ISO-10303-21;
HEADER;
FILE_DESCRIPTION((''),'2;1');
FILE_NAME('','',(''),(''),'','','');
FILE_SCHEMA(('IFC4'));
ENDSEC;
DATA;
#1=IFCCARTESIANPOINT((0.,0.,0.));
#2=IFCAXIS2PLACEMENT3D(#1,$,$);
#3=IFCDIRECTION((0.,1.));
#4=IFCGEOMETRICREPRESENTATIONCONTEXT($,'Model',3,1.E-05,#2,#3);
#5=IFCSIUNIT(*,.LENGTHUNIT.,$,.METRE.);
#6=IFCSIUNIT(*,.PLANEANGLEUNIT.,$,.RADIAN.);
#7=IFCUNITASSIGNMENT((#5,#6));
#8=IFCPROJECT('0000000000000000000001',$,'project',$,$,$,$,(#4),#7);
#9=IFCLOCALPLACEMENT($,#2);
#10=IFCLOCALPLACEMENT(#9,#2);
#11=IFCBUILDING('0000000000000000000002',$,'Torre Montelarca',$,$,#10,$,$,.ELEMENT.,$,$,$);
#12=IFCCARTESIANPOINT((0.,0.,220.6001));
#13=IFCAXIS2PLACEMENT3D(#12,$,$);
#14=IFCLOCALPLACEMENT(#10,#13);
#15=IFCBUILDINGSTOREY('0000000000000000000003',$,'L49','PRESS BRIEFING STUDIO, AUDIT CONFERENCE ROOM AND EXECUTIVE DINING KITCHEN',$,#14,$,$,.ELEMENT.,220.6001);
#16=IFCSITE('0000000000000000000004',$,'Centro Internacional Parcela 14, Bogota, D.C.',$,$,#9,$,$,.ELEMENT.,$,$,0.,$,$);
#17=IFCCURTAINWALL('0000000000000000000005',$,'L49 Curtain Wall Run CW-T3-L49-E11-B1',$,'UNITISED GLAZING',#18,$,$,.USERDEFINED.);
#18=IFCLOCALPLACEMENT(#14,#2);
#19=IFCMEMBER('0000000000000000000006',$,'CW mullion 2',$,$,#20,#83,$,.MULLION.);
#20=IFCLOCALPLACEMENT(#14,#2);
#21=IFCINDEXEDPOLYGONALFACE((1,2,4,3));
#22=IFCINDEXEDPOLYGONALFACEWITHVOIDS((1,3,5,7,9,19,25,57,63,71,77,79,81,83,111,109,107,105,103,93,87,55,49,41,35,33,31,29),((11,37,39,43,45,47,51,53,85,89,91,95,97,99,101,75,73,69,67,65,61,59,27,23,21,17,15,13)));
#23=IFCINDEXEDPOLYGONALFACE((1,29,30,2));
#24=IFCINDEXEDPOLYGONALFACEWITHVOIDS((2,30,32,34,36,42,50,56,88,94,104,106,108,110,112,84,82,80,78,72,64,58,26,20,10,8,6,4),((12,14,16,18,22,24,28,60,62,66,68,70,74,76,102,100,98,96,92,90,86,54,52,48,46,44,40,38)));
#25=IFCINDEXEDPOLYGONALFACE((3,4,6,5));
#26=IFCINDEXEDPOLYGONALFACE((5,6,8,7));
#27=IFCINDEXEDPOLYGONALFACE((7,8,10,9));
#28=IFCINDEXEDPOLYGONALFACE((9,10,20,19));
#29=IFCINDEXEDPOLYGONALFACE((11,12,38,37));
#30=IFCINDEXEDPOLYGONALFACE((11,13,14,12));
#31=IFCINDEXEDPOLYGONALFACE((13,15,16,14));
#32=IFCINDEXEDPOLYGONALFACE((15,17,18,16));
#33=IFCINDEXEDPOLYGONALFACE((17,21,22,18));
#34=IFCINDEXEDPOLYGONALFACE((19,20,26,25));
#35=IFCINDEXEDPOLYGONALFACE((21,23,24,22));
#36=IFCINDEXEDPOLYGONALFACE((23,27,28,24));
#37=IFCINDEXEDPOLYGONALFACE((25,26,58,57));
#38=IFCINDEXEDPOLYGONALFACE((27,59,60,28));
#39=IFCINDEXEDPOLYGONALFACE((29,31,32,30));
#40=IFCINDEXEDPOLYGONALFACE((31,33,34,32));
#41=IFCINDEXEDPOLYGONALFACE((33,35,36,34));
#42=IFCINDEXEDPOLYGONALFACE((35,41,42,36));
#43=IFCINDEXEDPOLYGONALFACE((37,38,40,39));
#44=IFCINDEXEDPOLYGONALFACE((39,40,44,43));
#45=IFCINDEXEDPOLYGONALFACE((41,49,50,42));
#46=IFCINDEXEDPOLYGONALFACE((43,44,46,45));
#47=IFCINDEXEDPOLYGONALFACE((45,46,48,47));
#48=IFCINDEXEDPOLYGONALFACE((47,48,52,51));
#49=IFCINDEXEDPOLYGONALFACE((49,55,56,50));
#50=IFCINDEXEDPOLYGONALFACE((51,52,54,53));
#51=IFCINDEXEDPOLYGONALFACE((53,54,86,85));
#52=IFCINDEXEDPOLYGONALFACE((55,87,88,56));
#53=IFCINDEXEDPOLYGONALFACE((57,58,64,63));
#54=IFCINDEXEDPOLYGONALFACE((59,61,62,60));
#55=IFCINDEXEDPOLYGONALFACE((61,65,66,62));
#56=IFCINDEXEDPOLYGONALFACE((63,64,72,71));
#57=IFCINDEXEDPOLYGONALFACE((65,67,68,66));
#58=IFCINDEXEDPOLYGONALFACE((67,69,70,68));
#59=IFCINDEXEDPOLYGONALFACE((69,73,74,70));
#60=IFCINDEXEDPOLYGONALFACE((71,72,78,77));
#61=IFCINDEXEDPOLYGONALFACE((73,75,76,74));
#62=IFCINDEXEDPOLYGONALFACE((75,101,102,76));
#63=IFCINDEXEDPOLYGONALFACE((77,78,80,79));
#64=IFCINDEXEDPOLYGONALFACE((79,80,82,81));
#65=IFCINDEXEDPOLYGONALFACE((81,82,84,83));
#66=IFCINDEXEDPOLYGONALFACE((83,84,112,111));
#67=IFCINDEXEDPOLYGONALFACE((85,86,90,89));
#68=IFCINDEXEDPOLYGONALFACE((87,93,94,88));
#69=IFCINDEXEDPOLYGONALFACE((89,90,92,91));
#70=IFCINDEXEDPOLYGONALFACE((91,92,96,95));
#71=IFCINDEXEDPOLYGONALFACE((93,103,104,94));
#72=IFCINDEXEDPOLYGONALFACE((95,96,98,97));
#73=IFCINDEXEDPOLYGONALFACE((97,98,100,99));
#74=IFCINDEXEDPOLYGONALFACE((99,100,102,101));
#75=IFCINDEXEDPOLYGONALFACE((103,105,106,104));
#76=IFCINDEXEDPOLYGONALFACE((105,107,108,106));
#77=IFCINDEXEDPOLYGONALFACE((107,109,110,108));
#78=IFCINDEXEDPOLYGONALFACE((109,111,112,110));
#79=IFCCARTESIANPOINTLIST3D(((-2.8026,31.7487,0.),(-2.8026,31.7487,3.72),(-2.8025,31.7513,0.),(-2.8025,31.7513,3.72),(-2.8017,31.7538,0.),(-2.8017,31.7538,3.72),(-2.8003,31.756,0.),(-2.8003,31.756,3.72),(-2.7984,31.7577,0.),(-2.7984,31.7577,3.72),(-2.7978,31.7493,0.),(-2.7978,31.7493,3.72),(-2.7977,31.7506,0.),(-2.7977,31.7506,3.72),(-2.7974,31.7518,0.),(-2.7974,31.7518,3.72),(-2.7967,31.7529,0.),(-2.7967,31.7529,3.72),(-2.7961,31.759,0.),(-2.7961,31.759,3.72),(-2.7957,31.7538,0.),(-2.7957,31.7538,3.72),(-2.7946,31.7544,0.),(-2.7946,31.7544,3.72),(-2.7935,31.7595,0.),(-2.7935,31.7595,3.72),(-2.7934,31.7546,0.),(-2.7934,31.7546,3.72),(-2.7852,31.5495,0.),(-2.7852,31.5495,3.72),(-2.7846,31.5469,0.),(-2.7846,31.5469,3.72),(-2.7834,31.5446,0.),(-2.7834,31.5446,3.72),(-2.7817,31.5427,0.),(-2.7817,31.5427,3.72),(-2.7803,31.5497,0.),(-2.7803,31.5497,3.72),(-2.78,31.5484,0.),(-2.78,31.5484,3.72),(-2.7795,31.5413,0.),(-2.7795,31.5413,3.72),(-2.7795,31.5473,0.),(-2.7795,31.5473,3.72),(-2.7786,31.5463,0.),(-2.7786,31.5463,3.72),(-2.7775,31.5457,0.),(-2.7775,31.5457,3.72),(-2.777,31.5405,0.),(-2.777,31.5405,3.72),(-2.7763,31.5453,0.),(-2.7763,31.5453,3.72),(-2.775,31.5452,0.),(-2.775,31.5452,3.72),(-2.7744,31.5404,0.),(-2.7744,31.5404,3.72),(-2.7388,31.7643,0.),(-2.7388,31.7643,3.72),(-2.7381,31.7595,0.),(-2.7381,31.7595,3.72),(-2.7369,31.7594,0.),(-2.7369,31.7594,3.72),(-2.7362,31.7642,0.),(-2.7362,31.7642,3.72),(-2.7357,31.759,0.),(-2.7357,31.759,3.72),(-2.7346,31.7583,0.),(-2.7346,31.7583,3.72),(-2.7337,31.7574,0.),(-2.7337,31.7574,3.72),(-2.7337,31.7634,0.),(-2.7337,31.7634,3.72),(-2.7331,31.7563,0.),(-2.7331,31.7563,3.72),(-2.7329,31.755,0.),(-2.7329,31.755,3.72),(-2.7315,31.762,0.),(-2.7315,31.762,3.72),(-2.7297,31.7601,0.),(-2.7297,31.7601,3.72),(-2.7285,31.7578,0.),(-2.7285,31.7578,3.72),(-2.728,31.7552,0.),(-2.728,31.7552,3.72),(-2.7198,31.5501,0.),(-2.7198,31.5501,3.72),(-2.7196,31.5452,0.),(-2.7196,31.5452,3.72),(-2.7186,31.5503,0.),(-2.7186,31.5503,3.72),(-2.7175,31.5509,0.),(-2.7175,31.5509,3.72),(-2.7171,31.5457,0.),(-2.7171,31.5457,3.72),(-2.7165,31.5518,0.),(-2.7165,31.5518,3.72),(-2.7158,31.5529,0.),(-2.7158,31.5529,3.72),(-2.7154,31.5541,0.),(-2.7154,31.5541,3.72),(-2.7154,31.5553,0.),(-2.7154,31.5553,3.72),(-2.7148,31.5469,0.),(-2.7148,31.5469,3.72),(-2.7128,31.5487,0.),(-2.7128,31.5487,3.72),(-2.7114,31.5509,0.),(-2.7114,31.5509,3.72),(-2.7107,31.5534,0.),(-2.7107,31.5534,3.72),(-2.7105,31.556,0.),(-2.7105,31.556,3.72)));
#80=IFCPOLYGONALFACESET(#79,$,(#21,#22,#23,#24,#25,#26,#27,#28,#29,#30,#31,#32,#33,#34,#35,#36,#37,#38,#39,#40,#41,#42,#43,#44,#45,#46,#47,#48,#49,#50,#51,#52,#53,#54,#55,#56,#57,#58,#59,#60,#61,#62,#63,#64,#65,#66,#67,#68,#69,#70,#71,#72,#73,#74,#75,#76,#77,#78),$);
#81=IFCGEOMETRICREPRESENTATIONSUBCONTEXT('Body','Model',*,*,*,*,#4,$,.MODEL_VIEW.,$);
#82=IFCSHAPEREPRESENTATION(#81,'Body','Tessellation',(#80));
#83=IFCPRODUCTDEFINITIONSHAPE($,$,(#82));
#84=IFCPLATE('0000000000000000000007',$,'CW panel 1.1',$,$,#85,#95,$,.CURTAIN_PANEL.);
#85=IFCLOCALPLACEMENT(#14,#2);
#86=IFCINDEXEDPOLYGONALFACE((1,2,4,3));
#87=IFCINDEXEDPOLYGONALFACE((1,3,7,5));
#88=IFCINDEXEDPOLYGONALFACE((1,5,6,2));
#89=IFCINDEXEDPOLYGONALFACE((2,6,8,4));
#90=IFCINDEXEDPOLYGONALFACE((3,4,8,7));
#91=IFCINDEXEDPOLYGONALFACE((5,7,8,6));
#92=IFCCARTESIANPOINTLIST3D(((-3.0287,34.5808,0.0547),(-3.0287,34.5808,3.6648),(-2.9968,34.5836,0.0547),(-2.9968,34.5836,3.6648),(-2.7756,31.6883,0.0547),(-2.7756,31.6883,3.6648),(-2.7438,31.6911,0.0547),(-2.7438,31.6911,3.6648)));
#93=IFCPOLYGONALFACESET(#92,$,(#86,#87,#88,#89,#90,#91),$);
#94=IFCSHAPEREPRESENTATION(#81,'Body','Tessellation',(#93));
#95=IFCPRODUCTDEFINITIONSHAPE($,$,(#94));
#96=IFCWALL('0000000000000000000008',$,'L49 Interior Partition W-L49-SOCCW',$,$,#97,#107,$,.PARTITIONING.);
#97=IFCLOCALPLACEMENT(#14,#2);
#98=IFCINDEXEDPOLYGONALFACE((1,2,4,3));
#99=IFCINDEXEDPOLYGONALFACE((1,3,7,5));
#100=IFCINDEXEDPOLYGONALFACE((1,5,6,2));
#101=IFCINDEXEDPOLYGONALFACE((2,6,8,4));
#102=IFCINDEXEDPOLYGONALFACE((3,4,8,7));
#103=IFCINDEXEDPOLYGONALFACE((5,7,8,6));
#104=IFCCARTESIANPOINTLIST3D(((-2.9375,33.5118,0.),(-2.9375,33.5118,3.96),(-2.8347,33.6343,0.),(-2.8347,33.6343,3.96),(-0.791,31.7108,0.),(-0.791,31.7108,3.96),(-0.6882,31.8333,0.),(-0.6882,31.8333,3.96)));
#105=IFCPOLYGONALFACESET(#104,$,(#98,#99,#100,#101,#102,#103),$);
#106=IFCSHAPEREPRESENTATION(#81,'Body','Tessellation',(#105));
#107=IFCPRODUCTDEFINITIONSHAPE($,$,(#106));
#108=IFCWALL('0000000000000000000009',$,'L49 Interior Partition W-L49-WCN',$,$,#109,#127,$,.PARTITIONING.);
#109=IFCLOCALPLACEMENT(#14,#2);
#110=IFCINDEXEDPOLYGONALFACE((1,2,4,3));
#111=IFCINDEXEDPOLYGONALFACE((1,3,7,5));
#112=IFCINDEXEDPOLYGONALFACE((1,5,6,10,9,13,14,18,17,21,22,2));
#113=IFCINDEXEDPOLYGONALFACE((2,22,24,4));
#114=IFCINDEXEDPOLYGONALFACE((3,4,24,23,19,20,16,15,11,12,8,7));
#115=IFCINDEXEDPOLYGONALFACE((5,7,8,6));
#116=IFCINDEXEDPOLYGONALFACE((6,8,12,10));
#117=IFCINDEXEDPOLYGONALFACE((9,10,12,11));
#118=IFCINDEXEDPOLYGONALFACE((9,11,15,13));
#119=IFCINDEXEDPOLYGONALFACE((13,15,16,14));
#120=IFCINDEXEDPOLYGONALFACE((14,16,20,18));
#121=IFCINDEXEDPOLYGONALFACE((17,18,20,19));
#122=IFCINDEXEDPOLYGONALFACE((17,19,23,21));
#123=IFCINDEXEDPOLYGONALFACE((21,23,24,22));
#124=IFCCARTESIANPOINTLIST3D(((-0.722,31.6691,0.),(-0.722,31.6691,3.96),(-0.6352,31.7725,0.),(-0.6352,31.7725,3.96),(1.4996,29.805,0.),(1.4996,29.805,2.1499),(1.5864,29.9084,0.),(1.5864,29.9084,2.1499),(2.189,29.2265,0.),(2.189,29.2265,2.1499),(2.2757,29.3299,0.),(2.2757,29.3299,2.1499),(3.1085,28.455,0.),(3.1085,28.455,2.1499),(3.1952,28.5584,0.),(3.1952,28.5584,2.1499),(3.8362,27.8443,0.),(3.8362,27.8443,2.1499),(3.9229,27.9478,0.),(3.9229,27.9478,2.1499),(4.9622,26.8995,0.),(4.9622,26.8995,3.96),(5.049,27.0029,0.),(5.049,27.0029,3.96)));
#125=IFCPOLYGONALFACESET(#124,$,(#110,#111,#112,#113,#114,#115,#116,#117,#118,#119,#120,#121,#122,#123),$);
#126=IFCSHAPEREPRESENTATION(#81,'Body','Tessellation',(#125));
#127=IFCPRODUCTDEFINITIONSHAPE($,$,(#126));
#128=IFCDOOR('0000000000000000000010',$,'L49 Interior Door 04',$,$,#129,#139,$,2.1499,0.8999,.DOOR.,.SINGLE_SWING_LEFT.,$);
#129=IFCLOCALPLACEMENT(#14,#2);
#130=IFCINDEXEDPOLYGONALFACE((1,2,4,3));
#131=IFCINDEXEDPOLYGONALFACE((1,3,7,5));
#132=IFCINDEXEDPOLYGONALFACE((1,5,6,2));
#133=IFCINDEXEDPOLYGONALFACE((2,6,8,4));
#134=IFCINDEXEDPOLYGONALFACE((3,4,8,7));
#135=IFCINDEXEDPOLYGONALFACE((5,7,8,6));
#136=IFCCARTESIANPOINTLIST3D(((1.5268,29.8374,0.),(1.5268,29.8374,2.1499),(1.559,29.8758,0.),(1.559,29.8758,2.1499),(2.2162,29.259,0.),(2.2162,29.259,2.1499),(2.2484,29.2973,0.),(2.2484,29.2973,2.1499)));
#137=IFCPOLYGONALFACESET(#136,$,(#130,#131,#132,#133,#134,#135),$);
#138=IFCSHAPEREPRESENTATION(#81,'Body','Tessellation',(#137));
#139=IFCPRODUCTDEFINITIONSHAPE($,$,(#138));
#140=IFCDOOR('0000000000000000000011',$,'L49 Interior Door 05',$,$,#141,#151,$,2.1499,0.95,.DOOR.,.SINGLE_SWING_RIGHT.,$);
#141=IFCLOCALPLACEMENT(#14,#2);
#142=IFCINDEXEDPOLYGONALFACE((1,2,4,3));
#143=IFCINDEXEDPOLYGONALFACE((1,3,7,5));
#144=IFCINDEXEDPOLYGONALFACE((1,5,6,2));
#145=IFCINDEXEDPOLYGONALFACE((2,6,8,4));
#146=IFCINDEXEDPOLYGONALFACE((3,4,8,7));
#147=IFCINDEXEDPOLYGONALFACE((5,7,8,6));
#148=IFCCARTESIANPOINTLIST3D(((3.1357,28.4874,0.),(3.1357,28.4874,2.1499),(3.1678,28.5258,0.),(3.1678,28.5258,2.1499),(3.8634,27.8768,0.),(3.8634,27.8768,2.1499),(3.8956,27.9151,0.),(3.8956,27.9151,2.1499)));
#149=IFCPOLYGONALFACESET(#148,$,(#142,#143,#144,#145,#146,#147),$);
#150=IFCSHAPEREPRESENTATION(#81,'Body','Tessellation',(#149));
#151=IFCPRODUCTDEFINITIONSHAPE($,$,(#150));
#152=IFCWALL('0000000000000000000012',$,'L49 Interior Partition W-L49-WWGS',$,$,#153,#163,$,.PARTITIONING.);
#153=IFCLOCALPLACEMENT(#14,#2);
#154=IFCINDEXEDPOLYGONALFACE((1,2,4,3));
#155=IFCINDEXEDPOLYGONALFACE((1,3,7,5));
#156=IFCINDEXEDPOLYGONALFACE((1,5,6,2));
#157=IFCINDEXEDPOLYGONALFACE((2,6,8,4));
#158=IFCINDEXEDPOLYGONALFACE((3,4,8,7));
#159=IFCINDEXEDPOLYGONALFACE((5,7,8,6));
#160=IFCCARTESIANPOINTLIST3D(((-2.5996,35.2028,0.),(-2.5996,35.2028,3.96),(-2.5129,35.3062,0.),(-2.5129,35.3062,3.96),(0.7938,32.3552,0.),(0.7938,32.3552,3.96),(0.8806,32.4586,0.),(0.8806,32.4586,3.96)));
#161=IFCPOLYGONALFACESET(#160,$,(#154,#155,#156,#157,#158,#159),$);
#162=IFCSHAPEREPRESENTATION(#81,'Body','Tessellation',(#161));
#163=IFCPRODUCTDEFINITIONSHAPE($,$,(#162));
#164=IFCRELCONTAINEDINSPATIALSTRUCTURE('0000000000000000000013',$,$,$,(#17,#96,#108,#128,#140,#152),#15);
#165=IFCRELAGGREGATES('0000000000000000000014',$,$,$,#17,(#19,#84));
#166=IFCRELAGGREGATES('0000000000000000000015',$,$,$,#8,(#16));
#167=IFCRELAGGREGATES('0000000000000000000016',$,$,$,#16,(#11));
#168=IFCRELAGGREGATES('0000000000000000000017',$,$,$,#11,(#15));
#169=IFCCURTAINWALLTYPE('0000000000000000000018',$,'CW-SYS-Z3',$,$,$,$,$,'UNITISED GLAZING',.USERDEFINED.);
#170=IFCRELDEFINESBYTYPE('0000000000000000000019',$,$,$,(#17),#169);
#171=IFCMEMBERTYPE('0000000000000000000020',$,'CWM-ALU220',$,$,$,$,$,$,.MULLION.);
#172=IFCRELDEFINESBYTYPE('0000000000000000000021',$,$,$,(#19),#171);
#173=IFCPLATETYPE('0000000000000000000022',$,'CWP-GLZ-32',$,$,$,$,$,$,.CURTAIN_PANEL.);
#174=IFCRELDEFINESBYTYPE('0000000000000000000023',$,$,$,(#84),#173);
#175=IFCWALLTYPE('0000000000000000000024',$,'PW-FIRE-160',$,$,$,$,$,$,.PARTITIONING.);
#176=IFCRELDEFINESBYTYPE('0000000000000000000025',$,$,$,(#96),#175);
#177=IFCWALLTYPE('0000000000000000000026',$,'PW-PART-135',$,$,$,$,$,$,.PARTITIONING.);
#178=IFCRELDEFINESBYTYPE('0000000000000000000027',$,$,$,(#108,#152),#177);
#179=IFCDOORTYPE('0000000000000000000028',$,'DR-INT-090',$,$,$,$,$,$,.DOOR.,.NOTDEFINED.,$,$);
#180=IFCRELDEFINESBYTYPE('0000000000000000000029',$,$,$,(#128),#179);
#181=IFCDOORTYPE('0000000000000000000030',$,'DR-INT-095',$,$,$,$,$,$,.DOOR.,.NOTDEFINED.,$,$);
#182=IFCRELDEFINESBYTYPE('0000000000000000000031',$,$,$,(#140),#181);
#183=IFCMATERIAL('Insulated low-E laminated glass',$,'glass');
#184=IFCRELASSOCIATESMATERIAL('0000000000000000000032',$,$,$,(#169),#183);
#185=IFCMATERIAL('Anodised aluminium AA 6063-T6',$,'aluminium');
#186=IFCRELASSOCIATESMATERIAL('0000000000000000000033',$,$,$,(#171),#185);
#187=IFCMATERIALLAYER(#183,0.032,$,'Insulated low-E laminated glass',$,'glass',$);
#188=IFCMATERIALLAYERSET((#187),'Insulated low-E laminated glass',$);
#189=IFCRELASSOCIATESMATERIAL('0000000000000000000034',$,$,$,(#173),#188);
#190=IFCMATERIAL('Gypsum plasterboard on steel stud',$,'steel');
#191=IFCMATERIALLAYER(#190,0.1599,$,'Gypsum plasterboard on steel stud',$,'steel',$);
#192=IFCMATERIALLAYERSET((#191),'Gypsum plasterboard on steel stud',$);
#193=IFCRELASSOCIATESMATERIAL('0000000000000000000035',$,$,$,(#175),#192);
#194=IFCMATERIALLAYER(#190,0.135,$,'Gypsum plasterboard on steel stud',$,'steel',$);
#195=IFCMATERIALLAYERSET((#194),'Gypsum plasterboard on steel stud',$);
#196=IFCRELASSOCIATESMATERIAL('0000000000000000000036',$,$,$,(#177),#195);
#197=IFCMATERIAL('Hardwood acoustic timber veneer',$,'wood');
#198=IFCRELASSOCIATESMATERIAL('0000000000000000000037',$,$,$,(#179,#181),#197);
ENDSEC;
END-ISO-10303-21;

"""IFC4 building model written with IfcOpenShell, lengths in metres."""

from ifc_helpers import new_model, si_unit, direction, frame, frame_2d, origin, origin_2d, place, context, subcontext, project, spatial, rectangle, hollow_rectangle, extrude, source, transform, mapped, material, layer, layer_set, material_profile, profile_set, type_object, element, fill, aggregate, save


model = new_model("IFC4")

# Units and contexts
model_context = context("Model", 3, precision=1e-05, world=origin(), true_north=direction((0.0, 1.0)))
body_context = subcontext(model_context, "Body", "Model", "MODEL_VIEW")
ifc_project = project(units=[si_unit("LENGTHUNIT", "METRE"), si_unit("PLANEANGLEUNIT", "RADIAN")], contexts=[model_context])

# Site, building, storey
site_placement = place(None, origin())
site = spatial("IfcSite", under=ifc_project, at=site_placement, Name="Centro Internacional Parcela 14, Bogota, D.C.", CompositionType="ELEMENT", RefElevation=0.0)
building_placement = place(site_placement, origin())
building = spatial("IfcBuilding", under=site, at=building_placement, Name="Torre Montelarca", CompositionType="ELEMENT")
storey_placement = place(building_placement, frame((0.0, 0.0, 220.6001)))
storey = spatial("IfcBuildingStorey", under=building, at=storey_placement, Name="L49", Description="PRESS BRIEFING STUDIO, AUDIT CONFERENCE ROOM AND EXECUTIVE DINING KITCHEN", CompositionType="ELEMENT", Elevation=220.6001)

# Curtain wall
ifc_material_1 = material(Name="Insulated low-E laminated glass", Category="glass")
curtain_wall_type = type_object("IfcCurtainWallType", Name="CW-SYS-Z3", ElementType="UNITISED GLAZING", PredefinedType="USERDEFINED", material=ifc_material_1)
curtain_wall_1_placement = place(storey_placement, origin())
curtain_wall_1 = element("IfcCurtainWall", 1, at=curtain_wall_1_placement, inside=storey, type_object=curtain_wall_type, Name="L49 Curtain Wall Run CW-T3-L49-E11-B1", ObjectType="UNITISED GLAZING", PredefinedType="USERDEFINED")
ifc_material_2 = material(Name="Anodised aluminium AA 6063-T6", Category="aluminium")

# Shared definitions
ifc_material_profile_1 = material_profile(ifc_material_2, hollow_rectangle(XDim=0.075, YDim=0.22, WallThickness=0.0049, InnerFilletRadius=0.0049, OuterFilletRadius=0.01, at=origin_2d()), Name="ALU75X220X5", Category="aluminium")
ifc_profile_set_1 = profile_set([ifc_material_profile_1], Name="Anodised aluminium AA 6063-T6")
member_type_1 = type_object("IfcMemberType", Name="CWM-ALU220", PredefinedType="MULLION", material=ifc_profile_set_1)
shared_shape_1 = source(origin(), body_context, "Body", "SweptSolid", [
    extrude(hollow_rectangle(XDim=0.075, YDim=0.22, WallThickness=0.0049, InnerFilletRadius=0.0049, OuterFilletRadius=0.01, at=origin_2d()), origin(), (0.0, 0.0, 1.0), 3.72),
])

# Member
member_1_placement = place(storey_placement, frame((-2.7566, 31.6523, 0.0), z_axis=(0.0, 0.0, 1.0), x_axis=(0.996194, 0.087166, 0.0)))
member_1 = element("IfcMember", 2, at=member_1_placement, type_object=member_type_1, Name="CW mullion 2", PredefinedType="MULLION", context=body_context, shape_type="MappedRepresentation", body=[
    mapped(shared_shape_1, transform((0.0, 0.0, 0.0), scale=1.0)),
])

# Plate
ifc_layer_1 = layer(ifc_material_1, 0.032, Name="Insulated low-E laminated glass", Category="glass")
ifc_layer_set_1 = layer_set([ifc_layer_1], Name="Insulated low-E laminated glass")
plate_type = type_object("IfcPlateType", Name="CWP-GLZ-32", PredefinedType="CURTAIN_PANEL", material=ifc_layer_set_1)
shared_shape_2 = source(origin(), body_context, "Body", "SweptSolid", [
    extrude(rectangle(XDim=2.9036, YDim=0.032, at=origin_2d()), origin(), (0.0, 0.0, 1.0), 3.6101),
])
plate_placement = place(storey_placement, frame((-2.8862, 33.136, 0.0547), z_axis=(0.0, 0.0, 1.0), x_axis=(0.087166, -0.996194, 0.0)))
plate = element("IfcPlate", 3, at=plate_placement, type_object=plate_type, Name="CW panel 1.1", PredefinedType="CURTAIN_PANEL", context=body_context, shape_type="MappedRepresentation", body=[
    mapped(shared_shape_2, transform((0.0, 0.0, 0.0), scale=1.0)),
])
aggregate(curtain_wall_1, [member_1, plate])

# Wall
ifc_material_3 = material(Name="Gypsum plasterboard on steel stud", Category="steel")
ifc_layer_2 = layer(ifc_material_3, 0.1599, Name="Gypsum plasterboard on steel stud", Category="steel")
ifc_layer_set_2 = layer_set([ifc_layer_2], Name="Gypsum plasterboard on steel stud")
wall_type_1 = type_object("IfcWallType", Name="PW-FIRE-160", PredefinedType="PARTITIONING", material=ifc_layer_set_2)
wall_1_placement = place(storey_placement, frame((-2.886, 33.573, 0.0), z_axis=(0.0, 0.0, 1.0), x_axis=(0.76606, -0.642769, 0.0)))
element("IfcWall", 4, at=wall_1_placement, inside=storey, type_object=wall_type_1, Name="L49 Interior Partition W-L49-SOCCW", PredefinedType="PARTITIONING", context=body_context, shape_type="SweptSolid", body=[
    extrude(rectangle(XDim=2.802, YDim=0.1599, at=frame_2d((1.4009, 0.0))), origin(), (0.0, 0.0, 1.0), 3.96),
])

# Wall, openings, doors
ifc_layer_3 = layer(ifc_material_3, 0.135, Name="Gypsum plasterboard on steel stud", Category="steel")
ifc_layer_set_3 = layer_set([ifc_layer_3], Name="Gypsum plasterboard on steel stud")
wall_type_2 = type_object("IfcWallType", Name="PW-PART-135", PredefinedType="PARTITIONING", material=ifc_layer_set_3)
wall_2_placement = place(storey_placement, frame((-0.6785, 31.7207, 0.0), z_axis=(0.0, 0.0, 1.0), x_axis=(0.766043, -0.642789, 0.0)))
wall_2 = element("IfcWall", 5, at=wall_2_placement, inside=storey, type_object=wall_type_2, Name="L49 Interior Partition W-L49-WCN", PredefinedType="PARTITIONING", context=body_context, shape_type="SweptSolid", body=[
    extrude(rectangle(XDim=7.4202, YDim=0.135, at=frame_2d((3.71, 0.0))), origin(), (0.0, 0.0, 1.0), 3.96),
])
opening_1_placement = place(wall_2_placement, frame((2.8999, 0.0, 0.0)))
opening_1 = element("IfcOpeningElement", 6, at=opening_1_placement, cuts=wall_2, PredefinedType="OPENING", context=body_context, shape_type="SweptSolid", body=[
    extrude(rectangle(XDim=0.8999, YDim=2.1499, at=frame_2d((0.45, 1.075))), frame((0.0, 0.0776, 0.0), z_axis=(0.0, -1.0, 0.0), x_axis=(1.0, 0.0, 0.0)), (0.0, 0.0, 1.0), 0.155),
])
opening_2_placement = place(wall_2_placement, frame((5.0, 0.0, 0.0)))
opening_2 = element("IfcOpeningElement", 7, at=opening_2_placement, cuts=wall_2, PredefinedType="OPENING", context=body_context, shape_type="SweptSolid", body=[
    extrude(rectangle(XDim=0.95, YDim=2.1499, at=frame_2d((0.4751, 1.075))), frame((0.0, 0.0776, 0.0), z_axis=(0.0, -1.0, 0.0), x_axis=(1.0, 0.0, 0.0)), (0.0, 0.0, 1.0), 0.155),
])
ifc_material_4 = material(Name="Hardwood acoustic timber veneer", Category="wood")
door_type_1 = type_object("IfcDoorType", Name="DR-INT-090", OperationType="NOTDEFINED", PredefinedType="DOOR", material=ifc_material_4)
shared_shape_3 = source(origin(), body_context, "Body", "SweptSolid", [
    extrude(rectangle(XDim=0.8999, YDim=2.1499, at=frame_2d((0.45, 1.075))), frame((0.0, 0.0249, 0.0), z_axis=(0.0, -1.0, 0.0), x_axis=(1.0, 0.0, 0.0)), (0.0, 0.0, 1.0), 0.05),
])
door_1_placement = place(opening_1_placement, origin())
door_1 = element("IfcDoor", 8, at=door_1_placement, inside=storey, type_object=door_type_1, Name="L49 Interior Door 04", OperationType="SINGLE_SWING_LEFT", OverallHeight=2.1499, OverallWidth=0.8999, PredefinedType="DOOR", context=body_context, shape_type="MappedRepresentation", body=[
    mapped(shared_shape_3, transform((0.0, 0.0, 0.0), scale=1.0)),
])
fill(opening_1, door_1)
door_type_2 = type_object("IfcDoorType", Name="DR-INT-095", OperationType="NOTDEFINED", PredefinedType="DOOR", material=ifc_material_4)
shared_shape_4 = source(origin(), body_context, "Body", "SweptSolid", [
    extrude(rectangle(XDim=0.95, YDim=2.1499, at=frame_2d((0.4751, 1.075))), frame((0.0, 0.0249, 0.0), z_axis=(0.0, -1.0, 0.0), x_axis=(1.0, 0.0, 0.0)), (0.0, 0.0, 1.0), 0.05),
])
door_2_placement = place(opening_2_placement, origin())
door_2 = element("IfcDoor", 9, at=door_2_placement, inside=storey, type_object=door_type_2, Name="L49 Interior Door 05", OperationType="SINGLE_SWING_RIGHT", OverallHeight=2.1499, OverallWidth=0.95, PredefinedType="DOOR", context=body_context, shape_type="MappedRepresentation", body=[
    mapped(shared_shape_4, transform((0.0, 0.0, 0.0), scale=1.0)),
])
fill(opening_2, door_2)

# Wall
wall_3_placement = place(storey_placement, frame((-2.5562, 35.2544, 0.0), z_axis=(0.0, 0.0, 1.0), x_axis=(0.76603, -0.642804, 0.0)))
element("IfcWall", 10, at=wall_3_placement, inside=storey, type_object=wall_type_2, Name="L49 Interior Partition W-L49-WWGS", PredefinedType="PARTITIONING", context=body_context, shape_type="SweptSolid", body=[
    extrude(rectangle(XDim=4.4299, YDim=0.135, at=frame_2d((2.2148, 0.0))), origin(), (0.0, 0.0, 1.0), 3.96),
])

save(model, "model.ifc")
